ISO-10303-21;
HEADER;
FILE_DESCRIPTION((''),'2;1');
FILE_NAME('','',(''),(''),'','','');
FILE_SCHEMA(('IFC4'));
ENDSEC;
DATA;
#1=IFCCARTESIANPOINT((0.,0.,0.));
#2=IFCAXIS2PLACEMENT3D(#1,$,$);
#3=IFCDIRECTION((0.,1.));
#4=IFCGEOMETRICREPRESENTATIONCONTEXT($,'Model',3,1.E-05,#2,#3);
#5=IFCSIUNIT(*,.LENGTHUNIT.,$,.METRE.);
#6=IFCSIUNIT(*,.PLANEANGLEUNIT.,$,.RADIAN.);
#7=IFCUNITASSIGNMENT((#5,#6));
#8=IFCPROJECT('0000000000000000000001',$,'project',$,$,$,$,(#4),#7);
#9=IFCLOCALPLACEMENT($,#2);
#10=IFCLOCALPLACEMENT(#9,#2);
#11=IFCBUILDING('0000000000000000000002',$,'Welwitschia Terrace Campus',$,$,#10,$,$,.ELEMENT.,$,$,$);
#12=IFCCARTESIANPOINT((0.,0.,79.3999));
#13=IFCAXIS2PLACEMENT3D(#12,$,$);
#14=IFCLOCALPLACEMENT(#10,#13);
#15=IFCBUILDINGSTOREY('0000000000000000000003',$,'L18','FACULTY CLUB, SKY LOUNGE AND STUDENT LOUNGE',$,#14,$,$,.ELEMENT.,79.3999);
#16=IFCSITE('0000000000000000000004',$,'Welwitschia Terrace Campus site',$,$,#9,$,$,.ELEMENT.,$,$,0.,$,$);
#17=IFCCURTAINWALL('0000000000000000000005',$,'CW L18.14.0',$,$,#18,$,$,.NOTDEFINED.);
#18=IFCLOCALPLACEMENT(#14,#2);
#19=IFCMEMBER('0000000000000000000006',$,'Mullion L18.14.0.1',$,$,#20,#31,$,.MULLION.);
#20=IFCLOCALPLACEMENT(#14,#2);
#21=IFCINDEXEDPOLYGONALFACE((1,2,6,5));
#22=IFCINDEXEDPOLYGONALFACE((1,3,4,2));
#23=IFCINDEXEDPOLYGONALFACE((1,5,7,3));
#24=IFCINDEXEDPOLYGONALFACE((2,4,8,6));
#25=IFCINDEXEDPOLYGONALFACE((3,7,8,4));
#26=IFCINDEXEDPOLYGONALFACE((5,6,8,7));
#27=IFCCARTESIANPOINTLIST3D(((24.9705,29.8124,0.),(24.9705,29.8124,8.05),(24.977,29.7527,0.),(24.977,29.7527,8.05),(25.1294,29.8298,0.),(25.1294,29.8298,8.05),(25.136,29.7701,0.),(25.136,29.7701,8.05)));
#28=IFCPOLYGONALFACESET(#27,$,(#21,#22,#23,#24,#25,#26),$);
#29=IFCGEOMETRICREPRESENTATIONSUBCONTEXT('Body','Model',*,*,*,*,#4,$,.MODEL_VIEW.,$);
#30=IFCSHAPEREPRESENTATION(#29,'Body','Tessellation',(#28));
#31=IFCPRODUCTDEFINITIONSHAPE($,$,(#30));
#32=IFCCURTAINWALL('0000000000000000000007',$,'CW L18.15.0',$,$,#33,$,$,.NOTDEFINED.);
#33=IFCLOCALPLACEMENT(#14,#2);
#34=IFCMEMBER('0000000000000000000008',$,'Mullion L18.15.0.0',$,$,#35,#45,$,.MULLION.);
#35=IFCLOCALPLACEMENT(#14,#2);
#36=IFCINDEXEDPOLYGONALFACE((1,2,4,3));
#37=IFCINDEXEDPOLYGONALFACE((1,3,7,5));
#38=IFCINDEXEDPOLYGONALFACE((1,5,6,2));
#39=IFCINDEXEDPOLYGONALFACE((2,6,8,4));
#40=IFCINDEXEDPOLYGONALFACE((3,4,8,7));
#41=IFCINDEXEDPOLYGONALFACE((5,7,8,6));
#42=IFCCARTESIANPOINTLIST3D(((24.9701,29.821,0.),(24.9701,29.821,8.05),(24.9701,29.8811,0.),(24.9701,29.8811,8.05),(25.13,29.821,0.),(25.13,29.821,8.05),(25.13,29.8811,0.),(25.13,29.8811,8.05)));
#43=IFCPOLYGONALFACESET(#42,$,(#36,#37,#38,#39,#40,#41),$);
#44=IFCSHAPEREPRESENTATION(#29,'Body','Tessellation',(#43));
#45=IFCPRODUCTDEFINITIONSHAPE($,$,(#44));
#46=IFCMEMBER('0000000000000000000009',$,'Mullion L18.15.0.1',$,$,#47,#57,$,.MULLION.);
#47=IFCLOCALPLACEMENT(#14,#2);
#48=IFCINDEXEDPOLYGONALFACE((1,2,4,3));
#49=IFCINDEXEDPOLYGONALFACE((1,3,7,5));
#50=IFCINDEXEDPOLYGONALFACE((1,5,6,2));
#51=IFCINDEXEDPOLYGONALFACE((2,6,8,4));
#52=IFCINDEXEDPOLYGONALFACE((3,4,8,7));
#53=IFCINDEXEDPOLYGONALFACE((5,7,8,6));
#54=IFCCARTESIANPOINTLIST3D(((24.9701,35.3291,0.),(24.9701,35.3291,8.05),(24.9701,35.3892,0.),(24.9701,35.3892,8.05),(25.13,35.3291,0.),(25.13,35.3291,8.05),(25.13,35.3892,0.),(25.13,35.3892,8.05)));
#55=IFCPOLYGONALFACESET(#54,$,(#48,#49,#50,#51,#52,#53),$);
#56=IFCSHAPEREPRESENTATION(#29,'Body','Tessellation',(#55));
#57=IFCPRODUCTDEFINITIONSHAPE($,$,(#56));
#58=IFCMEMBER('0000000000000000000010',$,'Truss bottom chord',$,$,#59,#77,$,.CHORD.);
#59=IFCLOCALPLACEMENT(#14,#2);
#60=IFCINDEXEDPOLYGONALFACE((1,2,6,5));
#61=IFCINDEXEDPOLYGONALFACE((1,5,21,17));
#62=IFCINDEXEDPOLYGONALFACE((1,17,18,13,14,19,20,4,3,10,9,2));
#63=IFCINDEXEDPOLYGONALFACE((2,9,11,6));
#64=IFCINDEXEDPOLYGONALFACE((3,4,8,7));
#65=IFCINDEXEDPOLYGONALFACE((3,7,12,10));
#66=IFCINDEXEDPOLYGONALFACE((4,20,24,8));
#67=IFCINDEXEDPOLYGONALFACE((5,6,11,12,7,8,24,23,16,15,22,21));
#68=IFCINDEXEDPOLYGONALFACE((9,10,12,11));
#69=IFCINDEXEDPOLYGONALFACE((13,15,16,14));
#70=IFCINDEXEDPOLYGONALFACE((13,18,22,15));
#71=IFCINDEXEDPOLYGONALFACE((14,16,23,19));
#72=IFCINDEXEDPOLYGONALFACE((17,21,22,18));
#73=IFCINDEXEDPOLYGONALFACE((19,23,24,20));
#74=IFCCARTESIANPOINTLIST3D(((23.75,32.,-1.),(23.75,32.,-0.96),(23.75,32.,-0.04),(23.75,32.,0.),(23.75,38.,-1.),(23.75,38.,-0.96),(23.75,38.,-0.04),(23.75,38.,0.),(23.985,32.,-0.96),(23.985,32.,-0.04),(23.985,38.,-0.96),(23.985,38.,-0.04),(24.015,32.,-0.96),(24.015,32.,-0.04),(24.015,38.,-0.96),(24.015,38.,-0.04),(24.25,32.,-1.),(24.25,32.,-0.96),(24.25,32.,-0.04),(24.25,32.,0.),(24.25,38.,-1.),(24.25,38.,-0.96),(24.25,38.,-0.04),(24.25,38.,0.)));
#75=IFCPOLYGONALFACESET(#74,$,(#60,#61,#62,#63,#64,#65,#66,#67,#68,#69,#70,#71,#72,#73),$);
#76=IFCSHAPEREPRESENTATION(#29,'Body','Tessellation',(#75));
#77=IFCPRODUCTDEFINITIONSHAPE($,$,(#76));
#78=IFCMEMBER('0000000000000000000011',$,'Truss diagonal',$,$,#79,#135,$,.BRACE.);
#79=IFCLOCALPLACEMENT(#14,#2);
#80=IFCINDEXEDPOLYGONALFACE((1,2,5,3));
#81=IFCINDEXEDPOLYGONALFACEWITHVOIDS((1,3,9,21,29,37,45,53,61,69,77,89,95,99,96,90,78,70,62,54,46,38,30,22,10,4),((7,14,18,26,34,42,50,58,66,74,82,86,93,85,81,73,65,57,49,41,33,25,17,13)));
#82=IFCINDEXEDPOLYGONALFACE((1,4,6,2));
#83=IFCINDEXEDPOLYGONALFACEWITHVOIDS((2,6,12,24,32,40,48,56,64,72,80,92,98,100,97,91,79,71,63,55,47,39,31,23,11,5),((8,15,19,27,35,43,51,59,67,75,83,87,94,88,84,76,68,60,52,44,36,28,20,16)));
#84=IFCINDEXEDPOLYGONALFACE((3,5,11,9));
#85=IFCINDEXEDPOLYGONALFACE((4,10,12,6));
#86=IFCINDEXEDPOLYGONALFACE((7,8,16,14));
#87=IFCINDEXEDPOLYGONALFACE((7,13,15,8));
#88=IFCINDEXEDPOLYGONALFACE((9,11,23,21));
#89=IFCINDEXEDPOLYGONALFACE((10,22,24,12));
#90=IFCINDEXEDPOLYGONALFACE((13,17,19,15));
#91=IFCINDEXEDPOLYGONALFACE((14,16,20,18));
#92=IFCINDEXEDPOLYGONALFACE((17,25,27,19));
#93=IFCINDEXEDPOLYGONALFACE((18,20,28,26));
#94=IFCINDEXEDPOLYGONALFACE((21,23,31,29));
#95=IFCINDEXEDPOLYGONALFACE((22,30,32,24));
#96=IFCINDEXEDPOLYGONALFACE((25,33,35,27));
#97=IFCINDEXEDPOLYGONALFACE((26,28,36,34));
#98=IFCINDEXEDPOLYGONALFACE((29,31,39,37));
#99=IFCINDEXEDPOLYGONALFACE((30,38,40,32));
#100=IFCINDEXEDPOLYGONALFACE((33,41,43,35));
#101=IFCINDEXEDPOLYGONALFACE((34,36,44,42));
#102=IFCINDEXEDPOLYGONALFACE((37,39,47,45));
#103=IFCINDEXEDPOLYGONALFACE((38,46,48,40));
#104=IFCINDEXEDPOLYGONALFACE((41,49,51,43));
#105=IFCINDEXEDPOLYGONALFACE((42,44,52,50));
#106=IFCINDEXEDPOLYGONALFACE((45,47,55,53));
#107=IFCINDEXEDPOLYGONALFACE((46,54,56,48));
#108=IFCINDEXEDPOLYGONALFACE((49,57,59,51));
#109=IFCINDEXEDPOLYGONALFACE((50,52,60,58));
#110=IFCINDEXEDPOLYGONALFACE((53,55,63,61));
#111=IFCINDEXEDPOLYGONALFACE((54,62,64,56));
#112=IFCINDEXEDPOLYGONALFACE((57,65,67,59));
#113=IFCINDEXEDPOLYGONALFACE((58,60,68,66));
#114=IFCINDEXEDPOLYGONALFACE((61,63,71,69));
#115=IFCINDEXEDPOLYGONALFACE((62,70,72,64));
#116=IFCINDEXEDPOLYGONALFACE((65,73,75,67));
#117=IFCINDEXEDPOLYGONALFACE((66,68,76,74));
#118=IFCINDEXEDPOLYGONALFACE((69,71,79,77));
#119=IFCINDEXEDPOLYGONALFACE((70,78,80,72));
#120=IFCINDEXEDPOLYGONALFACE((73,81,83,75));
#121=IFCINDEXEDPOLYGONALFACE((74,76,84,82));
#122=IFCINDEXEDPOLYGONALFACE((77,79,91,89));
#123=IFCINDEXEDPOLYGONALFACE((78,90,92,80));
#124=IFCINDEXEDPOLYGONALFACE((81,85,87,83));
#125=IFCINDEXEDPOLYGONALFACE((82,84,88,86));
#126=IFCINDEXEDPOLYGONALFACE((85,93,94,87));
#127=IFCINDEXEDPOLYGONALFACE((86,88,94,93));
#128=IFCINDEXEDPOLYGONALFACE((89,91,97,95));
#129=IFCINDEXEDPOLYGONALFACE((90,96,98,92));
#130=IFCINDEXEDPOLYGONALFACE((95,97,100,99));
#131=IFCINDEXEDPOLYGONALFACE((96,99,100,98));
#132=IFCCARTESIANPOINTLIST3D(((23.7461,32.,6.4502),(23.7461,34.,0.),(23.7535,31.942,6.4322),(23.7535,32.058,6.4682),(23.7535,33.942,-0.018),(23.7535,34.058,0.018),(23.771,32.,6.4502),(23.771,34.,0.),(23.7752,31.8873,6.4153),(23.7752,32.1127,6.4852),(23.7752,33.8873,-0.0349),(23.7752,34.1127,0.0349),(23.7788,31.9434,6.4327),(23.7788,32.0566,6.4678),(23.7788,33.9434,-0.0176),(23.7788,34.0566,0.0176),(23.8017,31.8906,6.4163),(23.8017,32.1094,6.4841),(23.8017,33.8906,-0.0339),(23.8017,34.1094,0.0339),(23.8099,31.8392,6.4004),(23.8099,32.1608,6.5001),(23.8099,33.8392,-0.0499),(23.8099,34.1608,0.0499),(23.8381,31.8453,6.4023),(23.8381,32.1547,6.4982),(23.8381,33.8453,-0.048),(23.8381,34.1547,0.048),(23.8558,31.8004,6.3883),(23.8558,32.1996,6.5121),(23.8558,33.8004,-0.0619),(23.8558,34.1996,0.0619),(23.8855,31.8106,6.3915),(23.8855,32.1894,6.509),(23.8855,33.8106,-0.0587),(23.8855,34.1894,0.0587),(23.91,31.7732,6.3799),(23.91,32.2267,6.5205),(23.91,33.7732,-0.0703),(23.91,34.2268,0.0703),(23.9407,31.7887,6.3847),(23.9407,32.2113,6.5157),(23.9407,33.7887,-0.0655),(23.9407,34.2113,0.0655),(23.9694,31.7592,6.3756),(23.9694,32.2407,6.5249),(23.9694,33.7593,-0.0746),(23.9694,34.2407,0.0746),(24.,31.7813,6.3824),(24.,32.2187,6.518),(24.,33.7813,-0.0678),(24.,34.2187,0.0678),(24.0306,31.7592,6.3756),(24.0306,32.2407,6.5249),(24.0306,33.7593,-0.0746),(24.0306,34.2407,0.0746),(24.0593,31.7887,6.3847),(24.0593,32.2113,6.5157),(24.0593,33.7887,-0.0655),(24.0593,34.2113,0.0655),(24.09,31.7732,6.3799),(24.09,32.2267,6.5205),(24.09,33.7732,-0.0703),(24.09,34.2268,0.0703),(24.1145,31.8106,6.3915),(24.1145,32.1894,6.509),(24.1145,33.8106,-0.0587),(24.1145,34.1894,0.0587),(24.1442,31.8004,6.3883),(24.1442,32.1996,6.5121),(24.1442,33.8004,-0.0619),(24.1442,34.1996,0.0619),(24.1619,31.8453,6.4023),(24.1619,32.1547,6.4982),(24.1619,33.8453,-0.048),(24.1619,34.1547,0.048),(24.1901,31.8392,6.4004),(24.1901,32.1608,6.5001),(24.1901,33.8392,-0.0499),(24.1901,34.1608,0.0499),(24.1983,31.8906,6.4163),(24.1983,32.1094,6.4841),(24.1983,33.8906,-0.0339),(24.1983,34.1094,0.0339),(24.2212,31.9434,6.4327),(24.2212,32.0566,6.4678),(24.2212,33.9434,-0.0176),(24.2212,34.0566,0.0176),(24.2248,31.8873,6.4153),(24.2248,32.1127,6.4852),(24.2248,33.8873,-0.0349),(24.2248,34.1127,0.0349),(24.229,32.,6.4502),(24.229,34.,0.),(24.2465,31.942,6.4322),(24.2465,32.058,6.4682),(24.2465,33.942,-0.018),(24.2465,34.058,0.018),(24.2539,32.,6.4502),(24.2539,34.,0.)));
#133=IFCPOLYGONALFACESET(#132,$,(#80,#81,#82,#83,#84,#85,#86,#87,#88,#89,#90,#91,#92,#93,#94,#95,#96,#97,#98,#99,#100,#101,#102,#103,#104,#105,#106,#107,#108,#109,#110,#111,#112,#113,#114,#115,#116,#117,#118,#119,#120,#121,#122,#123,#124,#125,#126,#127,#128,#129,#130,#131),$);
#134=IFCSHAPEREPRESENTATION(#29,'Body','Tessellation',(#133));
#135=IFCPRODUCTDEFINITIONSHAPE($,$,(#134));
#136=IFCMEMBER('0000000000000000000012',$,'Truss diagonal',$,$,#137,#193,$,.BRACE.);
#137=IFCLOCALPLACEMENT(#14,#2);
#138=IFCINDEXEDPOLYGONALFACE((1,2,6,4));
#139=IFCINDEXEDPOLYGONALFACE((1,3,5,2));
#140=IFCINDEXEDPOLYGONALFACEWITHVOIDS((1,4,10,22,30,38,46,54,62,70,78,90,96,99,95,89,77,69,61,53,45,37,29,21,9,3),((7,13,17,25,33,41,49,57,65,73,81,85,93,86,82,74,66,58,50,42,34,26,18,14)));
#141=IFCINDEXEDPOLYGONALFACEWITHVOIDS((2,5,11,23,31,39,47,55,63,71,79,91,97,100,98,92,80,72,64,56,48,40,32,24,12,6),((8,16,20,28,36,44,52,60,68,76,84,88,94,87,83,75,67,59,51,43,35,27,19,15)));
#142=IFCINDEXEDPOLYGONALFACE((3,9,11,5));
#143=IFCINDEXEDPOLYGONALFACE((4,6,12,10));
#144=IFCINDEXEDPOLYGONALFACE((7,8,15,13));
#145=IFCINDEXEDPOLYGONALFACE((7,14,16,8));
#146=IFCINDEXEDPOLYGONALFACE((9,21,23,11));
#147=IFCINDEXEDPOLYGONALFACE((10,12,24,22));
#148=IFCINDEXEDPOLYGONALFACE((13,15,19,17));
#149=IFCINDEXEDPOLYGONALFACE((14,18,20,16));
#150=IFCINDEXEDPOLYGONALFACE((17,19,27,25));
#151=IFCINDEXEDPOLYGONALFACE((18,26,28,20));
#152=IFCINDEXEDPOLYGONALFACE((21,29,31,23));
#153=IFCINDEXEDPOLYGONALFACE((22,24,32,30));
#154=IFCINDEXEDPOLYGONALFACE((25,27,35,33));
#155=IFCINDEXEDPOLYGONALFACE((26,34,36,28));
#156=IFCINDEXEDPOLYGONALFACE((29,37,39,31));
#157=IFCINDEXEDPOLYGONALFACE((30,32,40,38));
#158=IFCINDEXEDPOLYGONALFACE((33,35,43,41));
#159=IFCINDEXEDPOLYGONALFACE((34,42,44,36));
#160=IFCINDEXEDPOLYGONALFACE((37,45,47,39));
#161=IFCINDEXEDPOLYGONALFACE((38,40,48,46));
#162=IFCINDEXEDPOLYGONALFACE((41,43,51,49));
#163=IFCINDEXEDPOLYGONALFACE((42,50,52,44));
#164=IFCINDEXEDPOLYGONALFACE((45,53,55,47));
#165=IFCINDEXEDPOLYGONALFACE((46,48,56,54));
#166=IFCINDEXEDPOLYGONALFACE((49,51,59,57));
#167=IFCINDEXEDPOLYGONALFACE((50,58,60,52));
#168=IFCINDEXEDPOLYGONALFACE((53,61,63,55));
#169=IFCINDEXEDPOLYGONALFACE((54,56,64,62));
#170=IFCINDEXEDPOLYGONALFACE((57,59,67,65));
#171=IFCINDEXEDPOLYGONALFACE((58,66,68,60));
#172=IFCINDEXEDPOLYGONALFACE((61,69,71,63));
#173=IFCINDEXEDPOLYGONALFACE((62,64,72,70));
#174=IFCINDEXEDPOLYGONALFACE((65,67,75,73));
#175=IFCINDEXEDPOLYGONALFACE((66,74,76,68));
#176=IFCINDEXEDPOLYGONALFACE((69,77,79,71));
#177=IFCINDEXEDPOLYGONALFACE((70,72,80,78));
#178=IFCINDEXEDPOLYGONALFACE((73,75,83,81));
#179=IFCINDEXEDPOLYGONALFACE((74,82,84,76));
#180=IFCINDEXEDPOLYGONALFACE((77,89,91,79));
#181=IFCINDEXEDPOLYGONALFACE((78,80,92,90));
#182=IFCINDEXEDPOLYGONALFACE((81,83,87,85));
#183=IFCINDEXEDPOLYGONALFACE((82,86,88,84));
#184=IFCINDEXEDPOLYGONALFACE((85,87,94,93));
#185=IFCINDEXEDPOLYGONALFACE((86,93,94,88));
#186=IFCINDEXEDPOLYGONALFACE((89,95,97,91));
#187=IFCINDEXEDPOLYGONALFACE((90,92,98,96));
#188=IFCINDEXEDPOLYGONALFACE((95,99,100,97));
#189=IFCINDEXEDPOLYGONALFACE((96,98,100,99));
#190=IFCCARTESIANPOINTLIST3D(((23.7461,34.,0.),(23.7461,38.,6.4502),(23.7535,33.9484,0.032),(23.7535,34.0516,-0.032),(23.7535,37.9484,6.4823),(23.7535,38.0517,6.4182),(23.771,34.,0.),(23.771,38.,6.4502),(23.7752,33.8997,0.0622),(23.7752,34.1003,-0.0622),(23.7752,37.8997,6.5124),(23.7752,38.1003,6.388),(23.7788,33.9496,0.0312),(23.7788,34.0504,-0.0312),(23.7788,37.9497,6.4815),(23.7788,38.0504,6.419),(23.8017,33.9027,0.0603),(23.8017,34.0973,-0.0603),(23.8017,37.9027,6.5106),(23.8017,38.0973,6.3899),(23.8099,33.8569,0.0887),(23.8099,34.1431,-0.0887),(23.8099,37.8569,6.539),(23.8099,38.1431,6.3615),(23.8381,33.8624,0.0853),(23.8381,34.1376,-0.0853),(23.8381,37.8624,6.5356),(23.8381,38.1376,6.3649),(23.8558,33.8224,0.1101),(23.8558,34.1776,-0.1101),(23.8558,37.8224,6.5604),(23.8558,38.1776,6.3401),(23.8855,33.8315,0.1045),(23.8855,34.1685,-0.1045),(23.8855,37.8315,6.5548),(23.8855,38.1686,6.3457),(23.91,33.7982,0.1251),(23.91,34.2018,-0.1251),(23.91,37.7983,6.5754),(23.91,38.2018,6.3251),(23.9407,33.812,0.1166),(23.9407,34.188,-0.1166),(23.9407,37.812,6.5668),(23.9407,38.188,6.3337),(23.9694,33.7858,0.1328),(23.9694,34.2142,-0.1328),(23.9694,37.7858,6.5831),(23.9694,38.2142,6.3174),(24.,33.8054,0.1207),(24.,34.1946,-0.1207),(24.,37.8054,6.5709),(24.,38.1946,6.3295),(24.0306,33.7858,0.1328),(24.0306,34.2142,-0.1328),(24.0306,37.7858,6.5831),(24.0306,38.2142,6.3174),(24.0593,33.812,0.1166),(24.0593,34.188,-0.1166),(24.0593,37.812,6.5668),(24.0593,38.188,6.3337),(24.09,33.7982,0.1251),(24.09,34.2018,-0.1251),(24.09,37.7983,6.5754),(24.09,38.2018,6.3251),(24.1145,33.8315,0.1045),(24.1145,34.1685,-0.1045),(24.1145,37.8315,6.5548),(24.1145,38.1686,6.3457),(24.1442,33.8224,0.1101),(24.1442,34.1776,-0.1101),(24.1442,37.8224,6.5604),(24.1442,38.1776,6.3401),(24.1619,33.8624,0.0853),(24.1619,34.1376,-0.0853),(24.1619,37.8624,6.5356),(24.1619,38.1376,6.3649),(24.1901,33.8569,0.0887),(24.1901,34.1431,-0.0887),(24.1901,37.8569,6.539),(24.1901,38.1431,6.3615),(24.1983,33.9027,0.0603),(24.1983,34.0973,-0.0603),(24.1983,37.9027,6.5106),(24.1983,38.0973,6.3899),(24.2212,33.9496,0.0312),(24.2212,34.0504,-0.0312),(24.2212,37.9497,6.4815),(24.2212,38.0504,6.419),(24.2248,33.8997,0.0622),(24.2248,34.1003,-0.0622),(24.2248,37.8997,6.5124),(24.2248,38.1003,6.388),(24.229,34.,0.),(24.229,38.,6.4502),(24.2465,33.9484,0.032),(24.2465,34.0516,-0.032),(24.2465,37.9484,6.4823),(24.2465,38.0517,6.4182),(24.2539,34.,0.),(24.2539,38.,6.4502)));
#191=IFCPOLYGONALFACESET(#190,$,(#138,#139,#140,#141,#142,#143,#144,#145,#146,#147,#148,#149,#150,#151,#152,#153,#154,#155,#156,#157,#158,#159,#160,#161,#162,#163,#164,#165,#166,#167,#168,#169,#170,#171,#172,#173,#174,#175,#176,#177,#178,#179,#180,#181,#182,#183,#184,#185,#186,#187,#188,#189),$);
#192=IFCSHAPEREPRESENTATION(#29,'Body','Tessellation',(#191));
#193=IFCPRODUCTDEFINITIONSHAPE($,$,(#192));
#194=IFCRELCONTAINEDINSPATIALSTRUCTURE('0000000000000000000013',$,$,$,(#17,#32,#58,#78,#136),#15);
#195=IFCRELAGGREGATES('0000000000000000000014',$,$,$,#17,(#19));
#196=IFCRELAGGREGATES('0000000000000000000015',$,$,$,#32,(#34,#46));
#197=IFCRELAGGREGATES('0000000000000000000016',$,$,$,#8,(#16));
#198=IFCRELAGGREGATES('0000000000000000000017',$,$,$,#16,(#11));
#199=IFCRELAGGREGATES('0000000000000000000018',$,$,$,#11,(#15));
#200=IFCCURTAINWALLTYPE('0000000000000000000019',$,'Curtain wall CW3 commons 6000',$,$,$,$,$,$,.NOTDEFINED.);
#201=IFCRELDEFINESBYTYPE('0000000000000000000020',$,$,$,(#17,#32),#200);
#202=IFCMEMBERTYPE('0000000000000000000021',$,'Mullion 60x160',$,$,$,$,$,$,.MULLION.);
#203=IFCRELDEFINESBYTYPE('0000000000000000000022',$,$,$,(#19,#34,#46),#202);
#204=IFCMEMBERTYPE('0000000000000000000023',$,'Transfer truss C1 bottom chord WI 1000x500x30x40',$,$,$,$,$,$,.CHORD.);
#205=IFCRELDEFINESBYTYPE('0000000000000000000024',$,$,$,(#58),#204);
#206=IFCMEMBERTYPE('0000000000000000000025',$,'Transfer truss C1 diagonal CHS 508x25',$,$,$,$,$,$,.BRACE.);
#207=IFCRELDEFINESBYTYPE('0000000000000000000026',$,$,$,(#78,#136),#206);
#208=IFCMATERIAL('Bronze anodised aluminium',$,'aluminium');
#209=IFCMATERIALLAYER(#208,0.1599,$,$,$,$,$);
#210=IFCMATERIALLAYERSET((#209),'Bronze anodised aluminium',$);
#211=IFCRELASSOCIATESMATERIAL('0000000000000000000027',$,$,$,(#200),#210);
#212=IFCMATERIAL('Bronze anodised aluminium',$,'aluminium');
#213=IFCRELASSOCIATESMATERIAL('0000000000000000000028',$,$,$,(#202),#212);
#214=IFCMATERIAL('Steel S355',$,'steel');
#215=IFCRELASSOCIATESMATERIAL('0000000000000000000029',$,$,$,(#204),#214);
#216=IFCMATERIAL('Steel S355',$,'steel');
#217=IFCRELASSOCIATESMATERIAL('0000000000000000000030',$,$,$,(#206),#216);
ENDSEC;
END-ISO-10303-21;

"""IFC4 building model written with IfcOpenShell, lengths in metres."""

from ifc_helpers import new_model, si_unit, direction, frame, origin, origin_2d, place, context, subcontext, project, spatial, rectangle, hollow_circle, i_section, extrude, material, layer, layer_set, material_profile, profile_set, type_object, element, aggregate, save


model = new_model("IFC4")

# Units and contexts
model_context = context("Model", 3, precision=1e-05, world=origin(), true_north=direction((0.0, 1.0)))
body_context = subcontext(model_context, "Body", "Model", "MODEL_VIEW")
ifc_project = project(units=[si_unit("LENGTHUNIT", "METRE"), si_unit("PLANEANGLEUNIT", "RADIAN")], contexts=[model_context])

# Site, building, storey
site_placement = place(None, origin())
site = spatial("IfcSite", under=ifc_project, at=site_placement, Name="Welwitschia Terrace Campus site", CompositionType="ELEMENT", RefElevation=0.0)
building_placement = place(site_placement, origin())
building = spatial("IfcBuilding", under=site, at=building_placement, Name="Welwitschia Terrace Campus", CompositionType="ELEMENT")
storey_placement = place(building_placement, frame((0.0, 0.0, 79.3999)))
storey = spatial("IfcBuildingStorey", under=building, at=storey_placement, Name="L18", Description="FACULTY CLUB, SKY LOUNGE AND STUDENT LOUNGE", CompositionType="ELEMENT", Elevation=79.3999)

# Curtain wall, member
ifc_material_1 = material(Name="Bronze anodised aluminium", Category="aluminium")
ifc_layer_1 = layer(ifc_material_1, 0.1599)
ifc_layer_set_1 = layer_set([ifc_layer_1], Name="Bronze anodised aluminium")
curtain_wall_type = type_object("IfcCurtainWallType", Name="Curtain wall CW3 commons 6000", PredefinedType="NOTDEFINED", material=ifc_layer_set_1)
curtain_wall_1_placement = place(storey_placement, origin())
curtain_wall_1 = element("IfcCurtainWall", 1, at=curtain_wall_1_placement, inside=storey, type_object=curtain_wall_type, Name="CW L18.14.0", PredefinedType="NOTDEFINED")
ifc_material_2 = material(Name="Bronze anodised aluminium", Category="aluminium")
ifc_material_profile_1 = material_profile(ifc_material_2, rectangle(XDim=0.1599, YDim=0.0601, at=origin_2d()))
ifc_profile_set_1 = profile_set([ifc_material_profile_1], Name="Bronze anodised aluminium")
member_type_1 = type_object("IfcMemberType", Name="Mullion 60x160", PredefinedType="MULLION", material=ifc_profile_set_1)
member_1_placement = place(storey_placement, frame((25.0532, 29.7913, 0.0), z_axis=(0.0, 0.0, 1.0), x_axis=(-0.994056, -0.108867, 0.0)))
member_1 = element("IfcMember", 2, at=member_1_placement, type_object=member_type_1, Name="Mullion L18.14.0.1", PredefinedType="MULLION", context=body_context, shape_type="SweptSolid", body=[
    extrude(rectangle(XDim=0.1599, YDim=0.0601, at=origin_2d()), origin(), (0.0, 0.0, 1.0), 8.05),
])

# Curtain wall, members
curtain_wall_2_placement = place(storey_placement, origin())
curtain_wall_2 = element("IfcCurtainWall", 3, at=curtain_wall_2_placement, inside=storey, type_object=curtain_wall_type, Name="CW L18.15.0", PredefinedType="NOTDEFINED")
member_2_placement = place(storey_placement, frame((25.05, 29.8511, 0.0), z_axis=(0.0, 0.0, 1.0), x_axis=(-1.0, 0.0, 0.0)))
member_2 = element("IfcMember", 4, at=member_2_placement, type_object=member_type_1, Name="Mullion L18.15.0.0", PredefinedType="MULLION", context=body_context, shape_type="SweptSolid", body=[
    extrude(rectangle(XDim=0.1599, YDim=0.0601, at=origin_2d()), origin(), (0.0, 0.0, 1.0), 8.05),
])
member_3_placement = place(storey_placement, frame((25.05, 35.3591, 0.0), z_axis=(0.0, 0.0, 1.0), x_axis=(-1.0, 0.0, 0.0)))
member_3 = element("IfcMember", 5, at=member_3_placement, type_object=member_type_1, Name="Mullion L18.15.0.1", PredefinedType="MULLION", context=body_context, shape_type="SweptSolid", body=[
    extrude(rectangle(XDim=0.1599, YDim=0.0601, at=origin_2d()), origin(), (0.0, 0.0, 1.0), 8.05),
])

# Members
ifc_material_3 = material(Name="Steel S355", Category="steel")
ifc_material_profile_2 = material_profile(ifc_material_3, i_section(OverallWidth=0.5, OverallDepth=1.0, WebThickness=0.03, FlangeThickness=0.04, at=origin_2d()))
ifc_profile_set_2 = profile_set([ifc_material_profile_2], Name="Steel S355")
member_type_2 = type_object("IfcMemberType", Name="Transfer truss C1 bottom chord WI 1000x500x30x40", PredefinedType="CHORD", material=ifc_profile_set_2)
member_4_placement = place(storey_placement, frame((24.0, 32.0, -0.5), z_axis=(0.0, 1.0, 0.0), x_axis=(-1.0, 0.0, 0.0)))
element("IfcMember", 6, at=member_4_placement, inside=storey, type_object=member_type_2, Name="Truss bottom chord", PredefinedType="CHORD", context=body_context, shape_type="SweptSolid", body=[
    extrude(i_section(OverallWidth=0.5, OverallDepth=1.0, WebThickness=0.03, FlangeThickness=0.04, at=origin_2d()), origin(), (0.0, 0.0, 1.0), 6.0),
])
ifc_material_4 = material(Name="Steel S355", Category="steel")
ifc_material_profile_3 = material_profile(ifc_material_4, hollow_circle(Radius=0.2539, WallThickness=0.0249, at=origin_2d()))
ifc_profile_set_3 = profile_set([ifc_material_profile_3], Name="Steel S355")
member_type_3 = type_object("IfcMemberType", Name="Transfer truss C1 diagonal CHS 508x25", PredefinedType="BRACE", material=ifc_profile_set_3)
member_5_placement = place(storey_placement, frame((24.0, 34.0, 0.0), z_axis=(0.0, -0.296158, 0.955139), x_axis=(1.0, 0.0, 0.0)))
element("IfcMember", 7, at=member_5_placement, inside=storey, type_object=member_type_3, Name="Truss diagonal", PredefinedType="BRACE", context=body_context, shape_type="SweptSolid", body=[
    extrude(hollow_circle(Radius=0.2539, WallThickness=0.0249, at=origin_2d()), origin(), (0.0, 0.0, 1.0), 6.7532),
])
member_6_placement = place(storey_placement, frame((24.0, 34.0, 0.0), z_axis=(0.0, 0.527023, 0.849851), x_axis=(-1.0, 0.0, 0.0)))
element("IfcMember", 8, at=member_6_placement, inside=storey, type_object=member_type_3, Name="Truss diagonal", PredefinedType="BRACE", context=body_context, shape_type="SweptSolid", body=[
    extrude(hollow_circle(Radius=0.2539, WallThickness=0.0249, at=origin_2d()), origin(), (0.0, 0.0, 1.0), 7.5898),
])

aggregate(curtain_wall_1, [member_1])
aggregate(curtain_wall_2, [member_2, member_3])

save(model, "model.ifc")
